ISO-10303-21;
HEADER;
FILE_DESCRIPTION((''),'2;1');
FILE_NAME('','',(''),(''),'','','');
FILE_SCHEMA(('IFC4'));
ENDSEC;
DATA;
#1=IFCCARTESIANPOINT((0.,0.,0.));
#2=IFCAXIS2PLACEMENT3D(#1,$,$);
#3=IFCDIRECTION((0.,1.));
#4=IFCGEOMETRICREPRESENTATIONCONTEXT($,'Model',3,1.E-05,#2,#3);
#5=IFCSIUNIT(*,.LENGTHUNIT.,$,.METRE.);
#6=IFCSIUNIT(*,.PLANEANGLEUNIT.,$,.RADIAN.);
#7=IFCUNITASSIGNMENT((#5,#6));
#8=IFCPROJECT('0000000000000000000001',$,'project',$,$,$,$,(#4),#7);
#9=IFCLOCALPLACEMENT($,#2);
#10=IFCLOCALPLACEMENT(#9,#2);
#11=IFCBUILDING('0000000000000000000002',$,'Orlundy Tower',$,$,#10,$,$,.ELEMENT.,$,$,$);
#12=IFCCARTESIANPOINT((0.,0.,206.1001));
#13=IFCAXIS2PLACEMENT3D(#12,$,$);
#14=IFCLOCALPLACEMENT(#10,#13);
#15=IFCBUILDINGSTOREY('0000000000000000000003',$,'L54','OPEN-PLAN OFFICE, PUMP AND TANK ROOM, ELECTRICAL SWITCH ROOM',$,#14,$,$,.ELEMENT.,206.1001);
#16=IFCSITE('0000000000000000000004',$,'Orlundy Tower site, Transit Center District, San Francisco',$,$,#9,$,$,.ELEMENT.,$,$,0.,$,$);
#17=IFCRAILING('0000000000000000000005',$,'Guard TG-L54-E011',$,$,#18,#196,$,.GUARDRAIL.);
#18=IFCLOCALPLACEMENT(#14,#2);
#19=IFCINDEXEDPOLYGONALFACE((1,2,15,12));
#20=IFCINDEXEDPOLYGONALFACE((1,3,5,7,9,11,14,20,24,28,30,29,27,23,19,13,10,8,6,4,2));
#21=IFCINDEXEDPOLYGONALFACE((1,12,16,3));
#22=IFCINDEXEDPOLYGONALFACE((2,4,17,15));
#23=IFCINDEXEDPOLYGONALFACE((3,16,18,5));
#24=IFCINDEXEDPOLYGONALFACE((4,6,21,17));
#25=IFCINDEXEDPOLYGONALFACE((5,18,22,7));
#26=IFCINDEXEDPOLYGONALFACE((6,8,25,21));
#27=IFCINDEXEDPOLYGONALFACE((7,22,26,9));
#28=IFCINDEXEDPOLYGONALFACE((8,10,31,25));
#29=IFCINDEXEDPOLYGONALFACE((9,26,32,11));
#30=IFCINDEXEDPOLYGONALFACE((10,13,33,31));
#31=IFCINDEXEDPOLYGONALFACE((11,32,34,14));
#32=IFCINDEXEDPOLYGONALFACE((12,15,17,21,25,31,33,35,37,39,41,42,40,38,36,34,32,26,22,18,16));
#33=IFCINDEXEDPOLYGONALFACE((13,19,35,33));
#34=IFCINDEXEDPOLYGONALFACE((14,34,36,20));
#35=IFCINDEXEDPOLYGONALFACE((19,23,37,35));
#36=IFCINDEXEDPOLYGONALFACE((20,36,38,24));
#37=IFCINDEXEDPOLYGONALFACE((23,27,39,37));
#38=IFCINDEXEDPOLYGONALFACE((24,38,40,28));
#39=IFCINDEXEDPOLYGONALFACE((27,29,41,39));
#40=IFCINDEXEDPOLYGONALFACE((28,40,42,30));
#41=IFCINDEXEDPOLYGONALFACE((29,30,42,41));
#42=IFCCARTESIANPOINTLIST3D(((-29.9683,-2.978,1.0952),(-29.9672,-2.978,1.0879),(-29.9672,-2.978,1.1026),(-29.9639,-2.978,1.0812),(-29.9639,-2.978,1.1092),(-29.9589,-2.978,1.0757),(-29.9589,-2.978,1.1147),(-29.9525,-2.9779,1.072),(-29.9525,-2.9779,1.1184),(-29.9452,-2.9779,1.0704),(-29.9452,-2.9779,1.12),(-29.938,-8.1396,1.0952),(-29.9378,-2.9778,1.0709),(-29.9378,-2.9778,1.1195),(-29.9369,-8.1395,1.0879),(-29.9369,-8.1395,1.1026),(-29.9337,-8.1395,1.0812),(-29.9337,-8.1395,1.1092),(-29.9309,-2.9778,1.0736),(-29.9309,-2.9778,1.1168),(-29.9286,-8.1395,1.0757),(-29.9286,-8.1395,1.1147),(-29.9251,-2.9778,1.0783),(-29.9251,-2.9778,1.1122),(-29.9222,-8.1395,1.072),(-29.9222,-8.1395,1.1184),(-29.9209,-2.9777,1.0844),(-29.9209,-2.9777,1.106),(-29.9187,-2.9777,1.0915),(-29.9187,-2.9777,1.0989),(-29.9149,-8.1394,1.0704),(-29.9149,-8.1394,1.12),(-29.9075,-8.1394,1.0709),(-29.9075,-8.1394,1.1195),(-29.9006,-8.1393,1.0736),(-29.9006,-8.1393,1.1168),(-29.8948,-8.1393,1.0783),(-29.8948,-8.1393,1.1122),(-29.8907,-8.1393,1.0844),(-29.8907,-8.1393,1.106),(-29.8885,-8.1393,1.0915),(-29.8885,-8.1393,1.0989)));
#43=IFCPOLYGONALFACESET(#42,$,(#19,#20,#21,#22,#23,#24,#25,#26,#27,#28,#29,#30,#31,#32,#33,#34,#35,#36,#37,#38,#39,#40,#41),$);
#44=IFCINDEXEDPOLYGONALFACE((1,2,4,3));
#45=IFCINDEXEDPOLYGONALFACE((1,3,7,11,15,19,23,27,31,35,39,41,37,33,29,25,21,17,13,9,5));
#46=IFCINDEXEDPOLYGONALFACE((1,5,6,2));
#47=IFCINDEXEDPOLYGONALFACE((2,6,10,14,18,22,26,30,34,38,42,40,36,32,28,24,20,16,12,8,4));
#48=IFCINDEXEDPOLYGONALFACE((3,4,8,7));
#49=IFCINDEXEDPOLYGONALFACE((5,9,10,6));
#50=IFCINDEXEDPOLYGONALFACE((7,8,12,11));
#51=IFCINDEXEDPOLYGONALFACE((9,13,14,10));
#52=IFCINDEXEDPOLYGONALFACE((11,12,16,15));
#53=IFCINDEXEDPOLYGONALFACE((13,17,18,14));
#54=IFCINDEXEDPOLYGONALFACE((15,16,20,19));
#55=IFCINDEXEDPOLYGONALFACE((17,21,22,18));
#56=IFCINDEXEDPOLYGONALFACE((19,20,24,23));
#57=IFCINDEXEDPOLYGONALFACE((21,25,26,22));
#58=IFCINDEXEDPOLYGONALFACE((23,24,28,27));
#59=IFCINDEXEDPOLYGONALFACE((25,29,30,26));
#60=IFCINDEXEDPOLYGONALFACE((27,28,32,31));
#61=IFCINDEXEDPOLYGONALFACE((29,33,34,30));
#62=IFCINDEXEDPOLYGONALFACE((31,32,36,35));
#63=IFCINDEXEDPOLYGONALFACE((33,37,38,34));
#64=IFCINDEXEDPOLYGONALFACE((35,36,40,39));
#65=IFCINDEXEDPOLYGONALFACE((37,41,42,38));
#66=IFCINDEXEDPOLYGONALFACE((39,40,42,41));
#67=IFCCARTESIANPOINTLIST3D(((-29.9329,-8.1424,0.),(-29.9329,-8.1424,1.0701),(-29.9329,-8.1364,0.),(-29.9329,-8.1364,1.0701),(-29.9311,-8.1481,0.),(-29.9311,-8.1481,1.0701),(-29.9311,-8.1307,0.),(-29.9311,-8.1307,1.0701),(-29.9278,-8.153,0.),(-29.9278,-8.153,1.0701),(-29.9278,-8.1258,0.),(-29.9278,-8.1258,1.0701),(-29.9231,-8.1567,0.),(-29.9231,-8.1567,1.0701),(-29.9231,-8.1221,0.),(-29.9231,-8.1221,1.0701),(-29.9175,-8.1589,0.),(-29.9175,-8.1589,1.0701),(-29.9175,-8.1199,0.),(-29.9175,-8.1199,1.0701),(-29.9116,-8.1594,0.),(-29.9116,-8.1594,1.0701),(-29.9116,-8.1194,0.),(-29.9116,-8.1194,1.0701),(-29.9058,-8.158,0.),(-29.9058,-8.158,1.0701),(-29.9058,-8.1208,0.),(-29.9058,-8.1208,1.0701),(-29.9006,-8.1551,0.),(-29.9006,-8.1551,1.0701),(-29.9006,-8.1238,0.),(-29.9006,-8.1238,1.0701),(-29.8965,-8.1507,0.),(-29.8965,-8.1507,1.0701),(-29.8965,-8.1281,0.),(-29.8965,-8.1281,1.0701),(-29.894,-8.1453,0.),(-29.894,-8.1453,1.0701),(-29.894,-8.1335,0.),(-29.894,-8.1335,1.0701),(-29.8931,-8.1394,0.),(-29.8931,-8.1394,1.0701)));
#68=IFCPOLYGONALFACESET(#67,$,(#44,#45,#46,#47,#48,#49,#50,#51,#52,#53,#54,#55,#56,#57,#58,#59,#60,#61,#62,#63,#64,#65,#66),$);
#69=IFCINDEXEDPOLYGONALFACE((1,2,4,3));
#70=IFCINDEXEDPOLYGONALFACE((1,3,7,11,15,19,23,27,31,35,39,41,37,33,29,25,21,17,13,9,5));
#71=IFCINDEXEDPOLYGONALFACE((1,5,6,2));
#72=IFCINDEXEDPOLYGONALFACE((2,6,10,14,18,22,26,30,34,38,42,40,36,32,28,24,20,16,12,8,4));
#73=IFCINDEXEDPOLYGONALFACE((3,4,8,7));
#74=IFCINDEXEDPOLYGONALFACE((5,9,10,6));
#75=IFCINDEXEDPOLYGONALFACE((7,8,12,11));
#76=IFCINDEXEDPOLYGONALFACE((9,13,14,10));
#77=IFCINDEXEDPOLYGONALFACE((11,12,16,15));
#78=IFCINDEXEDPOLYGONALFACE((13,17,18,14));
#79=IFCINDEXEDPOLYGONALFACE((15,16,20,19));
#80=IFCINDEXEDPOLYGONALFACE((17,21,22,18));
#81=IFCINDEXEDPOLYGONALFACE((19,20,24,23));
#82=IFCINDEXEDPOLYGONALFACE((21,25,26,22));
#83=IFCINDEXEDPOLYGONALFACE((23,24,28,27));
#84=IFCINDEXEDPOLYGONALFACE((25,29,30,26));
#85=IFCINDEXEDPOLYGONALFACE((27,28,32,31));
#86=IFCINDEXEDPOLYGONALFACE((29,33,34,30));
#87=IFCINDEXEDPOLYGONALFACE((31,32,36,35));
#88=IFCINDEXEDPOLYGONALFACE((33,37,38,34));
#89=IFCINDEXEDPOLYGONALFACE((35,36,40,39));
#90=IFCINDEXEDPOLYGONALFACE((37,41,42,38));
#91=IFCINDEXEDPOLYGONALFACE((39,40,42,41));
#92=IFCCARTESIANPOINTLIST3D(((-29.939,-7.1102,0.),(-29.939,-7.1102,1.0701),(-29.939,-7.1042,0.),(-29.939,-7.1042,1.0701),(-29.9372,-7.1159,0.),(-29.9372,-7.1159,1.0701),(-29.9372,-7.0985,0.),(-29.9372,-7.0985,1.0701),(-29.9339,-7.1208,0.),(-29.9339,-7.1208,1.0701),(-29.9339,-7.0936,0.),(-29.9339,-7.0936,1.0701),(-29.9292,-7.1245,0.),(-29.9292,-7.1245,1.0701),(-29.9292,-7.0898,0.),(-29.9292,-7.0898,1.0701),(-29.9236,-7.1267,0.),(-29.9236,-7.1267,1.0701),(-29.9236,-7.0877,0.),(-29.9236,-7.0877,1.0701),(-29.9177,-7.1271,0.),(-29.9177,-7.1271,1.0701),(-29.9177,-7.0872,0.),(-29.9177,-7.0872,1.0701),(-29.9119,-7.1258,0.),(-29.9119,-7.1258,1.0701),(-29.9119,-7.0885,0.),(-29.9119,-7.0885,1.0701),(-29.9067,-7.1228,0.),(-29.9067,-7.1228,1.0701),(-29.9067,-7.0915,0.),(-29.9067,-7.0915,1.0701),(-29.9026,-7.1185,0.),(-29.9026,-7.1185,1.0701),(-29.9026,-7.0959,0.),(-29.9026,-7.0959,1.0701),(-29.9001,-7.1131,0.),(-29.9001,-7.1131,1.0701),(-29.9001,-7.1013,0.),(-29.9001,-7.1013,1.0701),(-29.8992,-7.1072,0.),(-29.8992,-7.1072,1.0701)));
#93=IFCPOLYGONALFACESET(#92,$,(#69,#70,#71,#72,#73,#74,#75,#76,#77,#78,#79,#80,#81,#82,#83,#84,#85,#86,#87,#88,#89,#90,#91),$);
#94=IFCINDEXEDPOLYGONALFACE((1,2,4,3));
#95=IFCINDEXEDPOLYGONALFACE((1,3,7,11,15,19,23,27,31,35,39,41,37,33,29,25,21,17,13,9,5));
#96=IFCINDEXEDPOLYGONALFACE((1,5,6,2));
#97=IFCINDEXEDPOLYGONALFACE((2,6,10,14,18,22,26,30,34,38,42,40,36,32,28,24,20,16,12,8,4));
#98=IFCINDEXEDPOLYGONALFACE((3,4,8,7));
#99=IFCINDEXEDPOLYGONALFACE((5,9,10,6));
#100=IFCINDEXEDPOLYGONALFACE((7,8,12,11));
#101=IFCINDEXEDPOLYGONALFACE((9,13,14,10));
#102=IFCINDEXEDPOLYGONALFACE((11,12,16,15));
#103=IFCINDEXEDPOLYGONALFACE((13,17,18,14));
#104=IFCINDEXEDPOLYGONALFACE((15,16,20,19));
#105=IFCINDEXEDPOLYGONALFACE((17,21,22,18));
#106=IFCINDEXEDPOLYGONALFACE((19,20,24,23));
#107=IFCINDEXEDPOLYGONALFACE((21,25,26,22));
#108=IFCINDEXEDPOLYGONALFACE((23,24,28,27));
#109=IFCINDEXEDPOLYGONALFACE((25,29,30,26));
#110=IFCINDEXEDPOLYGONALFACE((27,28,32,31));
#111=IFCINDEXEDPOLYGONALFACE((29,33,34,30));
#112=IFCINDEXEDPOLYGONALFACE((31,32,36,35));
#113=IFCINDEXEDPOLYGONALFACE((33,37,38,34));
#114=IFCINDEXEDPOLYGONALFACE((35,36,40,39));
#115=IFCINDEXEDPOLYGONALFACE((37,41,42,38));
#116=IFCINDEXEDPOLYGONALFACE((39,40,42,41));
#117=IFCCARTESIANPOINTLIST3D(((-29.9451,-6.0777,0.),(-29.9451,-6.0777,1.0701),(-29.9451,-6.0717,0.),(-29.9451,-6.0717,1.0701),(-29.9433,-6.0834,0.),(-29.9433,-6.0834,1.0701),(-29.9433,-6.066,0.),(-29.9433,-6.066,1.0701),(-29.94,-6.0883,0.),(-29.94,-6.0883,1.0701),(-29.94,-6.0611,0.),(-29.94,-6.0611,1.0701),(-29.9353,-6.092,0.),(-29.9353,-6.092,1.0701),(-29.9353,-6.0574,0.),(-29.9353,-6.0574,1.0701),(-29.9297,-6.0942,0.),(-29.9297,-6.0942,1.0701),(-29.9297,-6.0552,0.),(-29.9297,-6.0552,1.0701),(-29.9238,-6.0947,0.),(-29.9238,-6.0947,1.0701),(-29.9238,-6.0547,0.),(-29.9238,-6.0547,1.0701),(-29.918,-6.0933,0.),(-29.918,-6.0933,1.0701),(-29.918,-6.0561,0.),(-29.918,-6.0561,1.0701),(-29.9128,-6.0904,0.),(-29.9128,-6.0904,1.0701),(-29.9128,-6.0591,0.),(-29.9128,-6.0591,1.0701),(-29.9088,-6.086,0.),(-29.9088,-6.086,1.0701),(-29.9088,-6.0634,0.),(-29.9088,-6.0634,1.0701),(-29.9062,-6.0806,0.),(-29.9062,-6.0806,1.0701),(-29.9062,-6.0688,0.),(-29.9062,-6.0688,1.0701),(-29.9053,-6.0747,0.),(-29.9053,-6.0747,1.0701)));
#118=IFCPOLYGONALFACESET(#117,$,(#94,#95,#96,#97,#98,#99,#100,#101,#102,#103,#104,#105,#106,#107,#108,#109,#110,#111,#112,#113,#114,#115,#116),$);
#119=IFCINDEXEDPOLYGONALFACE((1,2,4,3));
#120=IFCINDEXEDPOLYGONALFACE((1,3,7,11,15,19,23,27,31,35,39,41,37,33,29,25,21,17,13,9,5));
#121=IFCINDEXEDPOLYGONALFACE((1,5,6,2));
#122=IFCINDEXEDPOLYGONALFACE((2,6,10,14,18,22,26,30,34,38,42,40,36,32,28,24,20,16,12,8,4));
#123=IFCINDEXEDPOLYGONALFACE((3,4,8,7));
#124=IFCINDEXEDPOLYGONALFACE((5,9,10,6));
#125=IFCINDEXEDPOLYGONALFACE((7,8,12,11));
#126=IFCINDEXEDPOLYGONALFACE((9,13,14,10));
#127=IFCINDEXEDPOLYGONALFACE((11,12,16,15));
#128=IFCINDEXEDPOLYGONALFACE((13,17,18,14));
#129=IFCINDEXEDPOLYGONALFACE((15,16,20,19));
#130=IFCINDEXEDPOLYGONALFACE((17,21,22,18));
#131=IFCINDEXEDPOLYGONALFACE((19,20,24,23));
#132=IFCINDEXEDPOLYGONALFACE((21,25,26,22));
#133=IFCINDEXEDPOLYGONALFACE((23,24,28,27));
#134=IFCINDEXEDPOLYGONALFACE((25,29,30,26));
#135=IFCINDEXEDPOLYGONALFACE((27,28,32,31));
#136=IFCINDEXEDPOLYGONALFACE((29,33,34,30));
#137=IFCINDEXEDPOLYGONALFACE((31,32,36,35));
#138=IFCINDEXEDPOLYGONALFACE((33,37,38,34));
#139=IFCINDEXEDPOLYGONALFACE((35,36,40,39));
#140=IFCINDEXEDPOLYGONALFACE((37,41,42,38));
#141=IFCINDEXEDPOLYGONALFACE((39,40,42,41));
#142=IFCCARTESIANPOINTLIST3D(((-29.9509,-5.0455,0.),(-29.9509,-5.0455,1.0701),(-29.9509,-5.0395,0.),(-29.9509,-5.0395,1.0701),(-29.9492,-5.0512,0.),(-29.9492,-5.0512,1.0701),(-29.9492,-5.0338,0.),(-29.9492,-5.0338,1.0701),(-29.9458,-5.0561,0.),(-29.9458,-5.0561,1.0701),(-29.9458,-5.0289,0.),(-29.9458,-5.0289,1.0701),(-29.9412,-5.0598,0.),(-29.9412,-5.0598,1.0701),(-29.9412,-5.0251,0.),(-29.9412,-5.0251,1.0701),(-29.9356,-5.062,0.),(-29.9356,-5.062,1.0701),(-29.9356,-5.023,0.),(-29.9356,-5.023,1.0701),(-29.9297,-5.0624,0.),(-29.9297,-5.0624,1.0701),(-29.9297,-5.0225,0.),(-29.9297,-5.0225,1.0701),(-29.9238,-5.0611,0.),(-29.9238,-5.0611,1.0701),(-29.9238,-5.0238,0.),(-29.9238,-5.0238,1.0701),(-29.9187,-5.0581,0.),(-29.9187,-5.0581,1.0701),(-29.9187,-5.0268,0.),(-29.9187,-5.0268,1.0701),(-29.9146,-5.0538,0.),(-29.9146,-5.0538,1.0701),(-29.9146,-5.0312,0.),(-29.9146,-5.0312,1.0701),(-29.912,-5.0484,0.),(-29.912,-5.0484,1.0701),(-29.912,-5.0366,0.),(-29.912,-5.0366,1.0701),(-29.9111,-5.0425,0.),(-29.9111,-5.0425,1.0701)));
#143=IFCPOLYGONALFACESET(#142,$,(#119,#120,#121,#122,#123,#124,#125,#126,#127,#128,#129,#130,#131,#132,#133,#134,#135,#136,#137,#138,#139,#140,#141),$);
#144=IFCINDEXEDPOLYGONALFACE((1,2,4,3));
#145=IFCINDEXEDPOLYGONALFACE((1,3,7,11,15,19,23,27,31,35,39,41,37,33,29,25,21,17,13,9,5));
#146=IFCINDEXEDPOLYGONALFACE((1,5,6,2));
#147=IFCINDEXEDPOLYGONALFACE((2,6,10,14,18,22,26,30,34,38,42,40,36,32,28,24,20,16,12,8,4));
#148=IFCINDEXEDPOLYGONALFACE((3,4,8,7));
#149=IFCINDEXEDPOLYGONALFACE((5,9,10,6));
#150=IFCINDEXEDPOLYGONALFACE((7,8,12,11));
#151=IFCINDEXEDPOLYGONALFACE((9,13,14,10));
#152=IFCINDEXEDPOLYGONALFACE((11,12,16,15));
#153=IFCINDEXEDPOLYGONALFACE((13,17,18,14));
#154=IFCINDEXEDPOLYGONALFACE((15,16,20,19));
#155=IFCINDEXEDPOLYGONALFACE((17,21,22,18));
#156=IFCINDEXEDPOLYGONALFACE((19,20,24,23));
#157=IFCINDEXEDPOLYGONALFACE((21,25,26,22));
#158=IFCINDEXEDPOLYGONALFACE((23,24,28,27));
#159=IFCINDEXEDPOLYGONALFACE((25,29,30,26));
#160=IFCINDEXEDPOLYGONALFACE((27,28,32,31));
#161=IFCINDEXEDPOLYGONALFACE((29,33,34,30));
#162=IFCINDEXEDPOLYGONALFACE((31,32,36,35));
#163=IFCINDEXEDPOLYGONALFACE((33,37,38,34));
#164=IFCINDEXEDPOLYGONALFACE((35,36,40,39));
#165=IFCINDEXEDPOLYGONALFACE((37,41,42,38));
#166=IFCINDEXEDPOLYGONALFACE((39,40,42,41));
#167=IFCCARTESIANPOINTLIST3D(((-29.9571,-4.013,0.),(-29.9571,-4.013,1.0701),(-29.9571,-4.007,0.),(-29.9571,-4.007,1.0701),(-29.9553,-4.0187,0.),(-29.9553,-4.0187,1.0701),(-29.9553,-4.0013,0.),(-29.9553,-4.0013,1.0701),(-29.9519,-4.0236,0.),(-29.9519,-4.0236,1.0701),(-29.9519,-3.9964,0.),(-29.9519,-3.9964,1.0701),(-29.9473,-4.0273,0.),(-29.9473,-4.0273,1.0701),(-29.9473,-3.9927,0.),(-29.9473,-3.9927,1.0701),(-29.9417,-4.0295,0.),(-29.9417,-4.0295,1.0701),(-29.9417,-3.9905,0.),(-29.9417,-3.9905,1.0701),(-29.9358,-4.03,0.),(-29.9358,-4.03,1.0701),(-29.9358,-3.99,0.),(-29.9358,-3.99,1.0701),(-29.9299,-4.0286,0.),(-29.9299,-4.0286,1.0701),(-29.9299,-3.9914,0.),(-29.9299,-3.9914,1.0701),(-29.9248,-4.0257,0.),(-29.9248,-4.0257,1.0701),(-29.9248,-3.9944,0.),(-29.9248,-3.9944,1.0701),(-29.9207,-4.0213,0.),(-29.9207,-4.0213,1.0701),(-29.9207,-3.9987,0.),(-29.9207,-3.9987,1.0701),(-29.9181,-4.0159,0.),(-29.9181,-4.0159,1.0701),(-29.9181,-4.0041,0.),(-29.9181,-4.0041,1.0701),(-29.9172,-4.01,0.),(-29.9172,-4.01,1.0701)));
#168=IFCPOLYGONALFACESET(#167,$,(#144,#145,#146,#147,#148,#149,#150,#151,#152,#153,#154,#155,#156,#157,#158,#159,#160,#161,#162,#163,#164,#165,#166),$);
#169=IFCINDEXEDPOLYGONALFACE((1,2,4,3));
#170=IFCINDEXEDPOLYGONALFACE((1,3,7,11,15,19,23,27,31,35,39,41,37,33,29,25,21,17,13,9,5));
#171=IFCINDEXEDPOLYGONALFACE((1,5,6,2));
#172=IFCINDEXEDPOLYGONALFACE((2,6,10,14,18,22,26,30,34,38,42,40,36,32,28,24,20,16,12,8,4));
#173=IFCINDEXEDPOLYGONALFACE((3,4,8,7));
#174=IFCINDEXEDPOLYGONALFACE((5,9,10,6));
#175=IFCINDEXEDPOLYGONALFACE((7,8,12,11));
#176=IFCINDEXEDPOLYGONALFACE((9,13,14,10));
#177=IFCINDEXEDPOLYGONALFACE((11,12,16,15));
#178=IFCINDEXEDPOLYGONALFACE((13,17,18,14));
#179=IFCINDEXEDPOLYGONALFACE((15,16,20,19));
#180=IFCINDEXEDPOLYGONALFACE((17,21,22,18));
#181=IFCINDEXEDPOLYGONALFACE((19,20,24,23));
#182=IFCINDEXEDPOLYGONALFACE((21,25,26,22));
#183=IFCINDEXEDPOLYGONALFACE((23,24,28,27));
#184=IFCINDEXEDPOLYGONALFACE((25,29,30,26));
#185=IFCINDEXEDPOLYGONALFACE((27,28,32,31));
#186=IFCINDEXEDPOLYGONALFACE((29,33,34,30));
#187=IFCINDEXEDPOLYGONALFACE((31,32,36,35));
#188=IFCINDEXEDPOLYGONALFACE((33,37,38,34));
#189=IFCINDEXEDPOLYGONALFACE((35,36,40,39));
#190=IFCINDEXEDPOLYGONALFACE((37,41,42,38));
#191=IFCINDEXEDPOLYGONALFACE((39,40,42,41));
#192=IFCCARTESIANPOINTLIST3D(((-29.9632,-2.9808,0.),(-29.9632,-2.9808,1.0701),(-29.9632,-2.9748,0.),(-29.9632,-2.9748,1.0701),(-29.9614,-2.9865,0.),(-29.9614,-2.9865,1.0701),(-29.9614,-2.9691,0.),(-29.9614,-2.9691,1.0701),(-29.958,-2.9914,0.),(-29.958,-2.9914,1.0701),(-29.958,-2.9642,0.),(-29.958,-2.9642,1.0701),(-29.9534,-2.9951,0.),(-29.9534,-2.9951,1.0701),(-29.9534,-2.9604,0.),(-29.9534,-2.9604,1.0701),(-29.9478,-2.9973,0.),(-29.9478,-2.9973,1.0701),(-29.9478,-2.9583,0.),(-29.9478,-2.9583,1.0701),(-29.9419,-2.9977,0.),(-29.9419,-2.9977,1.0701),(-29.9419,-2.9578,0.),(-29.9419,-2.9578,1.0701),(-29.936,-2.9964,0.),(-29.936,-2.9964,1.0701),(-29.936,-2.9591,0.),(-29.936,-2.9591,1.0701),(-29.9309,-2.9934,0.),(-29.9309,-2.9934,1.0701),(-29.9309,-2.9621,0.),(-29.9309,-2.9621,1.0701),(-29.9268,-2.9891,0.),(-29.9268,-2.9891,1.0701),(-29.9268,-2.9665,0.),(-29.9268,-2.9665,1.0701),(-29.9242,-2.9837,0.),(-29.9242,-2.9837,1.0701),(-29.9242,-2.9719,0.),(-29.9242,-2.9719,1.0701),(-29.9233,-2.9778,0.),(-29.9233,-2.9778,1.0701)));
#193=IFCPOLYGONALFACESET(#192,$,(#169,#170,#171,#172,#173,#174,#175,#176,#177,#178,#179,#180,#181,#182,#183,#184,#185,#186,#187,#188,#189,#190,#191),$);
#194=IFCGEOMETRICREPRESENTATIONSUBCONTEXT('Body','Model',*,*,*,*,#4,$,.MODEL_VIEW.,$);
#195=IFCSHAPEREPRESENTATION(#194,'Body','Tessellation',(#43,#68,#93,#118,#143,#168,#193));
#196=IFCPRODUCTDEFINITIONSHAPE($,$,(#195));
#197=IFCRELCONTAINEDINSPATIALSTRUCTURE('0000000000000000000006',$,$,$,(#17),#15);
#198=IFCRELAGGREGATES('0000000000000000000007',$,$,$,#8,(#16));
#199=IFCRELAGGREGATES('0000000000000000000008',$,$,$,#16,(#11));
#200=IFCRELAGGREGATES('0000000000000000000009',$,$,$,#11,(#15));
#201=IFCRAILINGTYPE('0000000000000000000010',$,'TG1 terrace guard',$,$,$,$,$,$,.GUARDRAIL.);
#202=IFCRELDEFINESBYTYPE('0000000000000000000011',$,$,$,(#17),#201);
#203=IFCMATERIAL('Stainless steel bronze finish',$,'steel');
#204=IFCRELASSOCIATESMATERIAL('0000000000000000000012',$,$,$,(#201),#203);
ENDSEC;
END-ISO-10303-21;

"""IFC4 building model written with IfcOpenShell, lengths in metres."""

from ifc_helpers import new_model, si_unit, direction, frame, origin, origin_2d, place, context, subcontext, project, spatial, circle, extrude, material, type_object, element, save


model = new_model("IFC4")

# Units and contexts
model_context = context("Model", 3, precision=1e-05, world=origin(), true_north=direction((0.0, 1.0)))
body_context = subcontext(model_context, "Body", "Model", "MODEL_VIEW")
ifc_project = project(units=[si_unit("LENGTHUNIT", "METRE"), si_unit("PLANEANGLEUNIT", "RADIAN")], contexts=[model_context])

# Site, building, storey
site_placement = place(None, origin())
site = spatial("IfcSite", under=ifc_project, at=site_placement, Name="Orlundy Tower site, Transit Center District, San Francisco", CompositionType="ELEMENT", RefElevation=0.0)
building_placement = place(site_placement, origin())
building = spatial("IfcBuilding", under=site, at=building_placement, Name="Orlundy Tower", CompositionType="ELEMENT")
storey_placement = place(building_placement, frame((0.0, 0.0, 206.1001)))
storey = spatial("IfcBuildingStorey", under=building, at=storey_placement, Name="L54", Description="OPEN-PLAN OFFICE, PUMP AND TANK ROOM, ELECTRICAL SWITCH ROOM", CompositionType="ELEMENT", Elevation=206.1001)

# Railing
ifc_material_1 = material(Name="Stainless steel bronze finish", Category="steel")
railing_type_1 = type_object("IfcRailingType", Name="TG1 terrace guard", PredefinedType="GUARDRAIL", material=ifc_material_1)
railing_1_placement = place(storey_placement, frame((-29.9131, -8.1394, 0.0)))
element("IfcRailing", 1, at=railing_1_placement, inside=storey, type_object=railing_type_1, Name="Guard TG-L54-E011", PredefinedType="GUARDRAIL", context=body_context, shape_type="SweptSolid", body=[
    extrude(circle(Radius=0.0249, at=origin_2d()), frame((0.0, 0.0, 1.0952), z_axis=(-0.005865, 0.999983, 0.0), x_axis=(-0.999983, -0.005865, 0.0)), (0.0, 0.0, 1.0), 5.1616),
    extrude(circle(Radius=0.02, at=origin_2d()), origin(), (0.0, 0.0, 1.0), 1.0701),
    extrude(circle(Radius=0.02, at=origin_2d()), frame((-0.0061, 1.0322, 0.0)), (0.0, 0.0, 1.0), 1.0701),
    extrude(circle(Radius=0.02, at=origin_2d()), frame((-0.0122, 2.0647, 0.0)), (0.0, 0.0, 1.0), 1.0701),
    extrude(circle(Radius=0.02, at=origin_2d()), frame((-0.0181, 3.0969, 0.0)), (0.0, 0.0, 1.0), 1.0701),
    extrude(circle(Radius=0.02, at=origin_2d()), frame((-0.0242, 4.1294, 0.0)), (0.0, 0.0, 1.0), 1.0701),
    extrude(circle(Radius=0.02, at=origin_2d()), frame((-0.0303, 5.1616, 0.0)), (0.0, 0.0, 1.0), 1.0701),
])

save(model, "model.ifc")
